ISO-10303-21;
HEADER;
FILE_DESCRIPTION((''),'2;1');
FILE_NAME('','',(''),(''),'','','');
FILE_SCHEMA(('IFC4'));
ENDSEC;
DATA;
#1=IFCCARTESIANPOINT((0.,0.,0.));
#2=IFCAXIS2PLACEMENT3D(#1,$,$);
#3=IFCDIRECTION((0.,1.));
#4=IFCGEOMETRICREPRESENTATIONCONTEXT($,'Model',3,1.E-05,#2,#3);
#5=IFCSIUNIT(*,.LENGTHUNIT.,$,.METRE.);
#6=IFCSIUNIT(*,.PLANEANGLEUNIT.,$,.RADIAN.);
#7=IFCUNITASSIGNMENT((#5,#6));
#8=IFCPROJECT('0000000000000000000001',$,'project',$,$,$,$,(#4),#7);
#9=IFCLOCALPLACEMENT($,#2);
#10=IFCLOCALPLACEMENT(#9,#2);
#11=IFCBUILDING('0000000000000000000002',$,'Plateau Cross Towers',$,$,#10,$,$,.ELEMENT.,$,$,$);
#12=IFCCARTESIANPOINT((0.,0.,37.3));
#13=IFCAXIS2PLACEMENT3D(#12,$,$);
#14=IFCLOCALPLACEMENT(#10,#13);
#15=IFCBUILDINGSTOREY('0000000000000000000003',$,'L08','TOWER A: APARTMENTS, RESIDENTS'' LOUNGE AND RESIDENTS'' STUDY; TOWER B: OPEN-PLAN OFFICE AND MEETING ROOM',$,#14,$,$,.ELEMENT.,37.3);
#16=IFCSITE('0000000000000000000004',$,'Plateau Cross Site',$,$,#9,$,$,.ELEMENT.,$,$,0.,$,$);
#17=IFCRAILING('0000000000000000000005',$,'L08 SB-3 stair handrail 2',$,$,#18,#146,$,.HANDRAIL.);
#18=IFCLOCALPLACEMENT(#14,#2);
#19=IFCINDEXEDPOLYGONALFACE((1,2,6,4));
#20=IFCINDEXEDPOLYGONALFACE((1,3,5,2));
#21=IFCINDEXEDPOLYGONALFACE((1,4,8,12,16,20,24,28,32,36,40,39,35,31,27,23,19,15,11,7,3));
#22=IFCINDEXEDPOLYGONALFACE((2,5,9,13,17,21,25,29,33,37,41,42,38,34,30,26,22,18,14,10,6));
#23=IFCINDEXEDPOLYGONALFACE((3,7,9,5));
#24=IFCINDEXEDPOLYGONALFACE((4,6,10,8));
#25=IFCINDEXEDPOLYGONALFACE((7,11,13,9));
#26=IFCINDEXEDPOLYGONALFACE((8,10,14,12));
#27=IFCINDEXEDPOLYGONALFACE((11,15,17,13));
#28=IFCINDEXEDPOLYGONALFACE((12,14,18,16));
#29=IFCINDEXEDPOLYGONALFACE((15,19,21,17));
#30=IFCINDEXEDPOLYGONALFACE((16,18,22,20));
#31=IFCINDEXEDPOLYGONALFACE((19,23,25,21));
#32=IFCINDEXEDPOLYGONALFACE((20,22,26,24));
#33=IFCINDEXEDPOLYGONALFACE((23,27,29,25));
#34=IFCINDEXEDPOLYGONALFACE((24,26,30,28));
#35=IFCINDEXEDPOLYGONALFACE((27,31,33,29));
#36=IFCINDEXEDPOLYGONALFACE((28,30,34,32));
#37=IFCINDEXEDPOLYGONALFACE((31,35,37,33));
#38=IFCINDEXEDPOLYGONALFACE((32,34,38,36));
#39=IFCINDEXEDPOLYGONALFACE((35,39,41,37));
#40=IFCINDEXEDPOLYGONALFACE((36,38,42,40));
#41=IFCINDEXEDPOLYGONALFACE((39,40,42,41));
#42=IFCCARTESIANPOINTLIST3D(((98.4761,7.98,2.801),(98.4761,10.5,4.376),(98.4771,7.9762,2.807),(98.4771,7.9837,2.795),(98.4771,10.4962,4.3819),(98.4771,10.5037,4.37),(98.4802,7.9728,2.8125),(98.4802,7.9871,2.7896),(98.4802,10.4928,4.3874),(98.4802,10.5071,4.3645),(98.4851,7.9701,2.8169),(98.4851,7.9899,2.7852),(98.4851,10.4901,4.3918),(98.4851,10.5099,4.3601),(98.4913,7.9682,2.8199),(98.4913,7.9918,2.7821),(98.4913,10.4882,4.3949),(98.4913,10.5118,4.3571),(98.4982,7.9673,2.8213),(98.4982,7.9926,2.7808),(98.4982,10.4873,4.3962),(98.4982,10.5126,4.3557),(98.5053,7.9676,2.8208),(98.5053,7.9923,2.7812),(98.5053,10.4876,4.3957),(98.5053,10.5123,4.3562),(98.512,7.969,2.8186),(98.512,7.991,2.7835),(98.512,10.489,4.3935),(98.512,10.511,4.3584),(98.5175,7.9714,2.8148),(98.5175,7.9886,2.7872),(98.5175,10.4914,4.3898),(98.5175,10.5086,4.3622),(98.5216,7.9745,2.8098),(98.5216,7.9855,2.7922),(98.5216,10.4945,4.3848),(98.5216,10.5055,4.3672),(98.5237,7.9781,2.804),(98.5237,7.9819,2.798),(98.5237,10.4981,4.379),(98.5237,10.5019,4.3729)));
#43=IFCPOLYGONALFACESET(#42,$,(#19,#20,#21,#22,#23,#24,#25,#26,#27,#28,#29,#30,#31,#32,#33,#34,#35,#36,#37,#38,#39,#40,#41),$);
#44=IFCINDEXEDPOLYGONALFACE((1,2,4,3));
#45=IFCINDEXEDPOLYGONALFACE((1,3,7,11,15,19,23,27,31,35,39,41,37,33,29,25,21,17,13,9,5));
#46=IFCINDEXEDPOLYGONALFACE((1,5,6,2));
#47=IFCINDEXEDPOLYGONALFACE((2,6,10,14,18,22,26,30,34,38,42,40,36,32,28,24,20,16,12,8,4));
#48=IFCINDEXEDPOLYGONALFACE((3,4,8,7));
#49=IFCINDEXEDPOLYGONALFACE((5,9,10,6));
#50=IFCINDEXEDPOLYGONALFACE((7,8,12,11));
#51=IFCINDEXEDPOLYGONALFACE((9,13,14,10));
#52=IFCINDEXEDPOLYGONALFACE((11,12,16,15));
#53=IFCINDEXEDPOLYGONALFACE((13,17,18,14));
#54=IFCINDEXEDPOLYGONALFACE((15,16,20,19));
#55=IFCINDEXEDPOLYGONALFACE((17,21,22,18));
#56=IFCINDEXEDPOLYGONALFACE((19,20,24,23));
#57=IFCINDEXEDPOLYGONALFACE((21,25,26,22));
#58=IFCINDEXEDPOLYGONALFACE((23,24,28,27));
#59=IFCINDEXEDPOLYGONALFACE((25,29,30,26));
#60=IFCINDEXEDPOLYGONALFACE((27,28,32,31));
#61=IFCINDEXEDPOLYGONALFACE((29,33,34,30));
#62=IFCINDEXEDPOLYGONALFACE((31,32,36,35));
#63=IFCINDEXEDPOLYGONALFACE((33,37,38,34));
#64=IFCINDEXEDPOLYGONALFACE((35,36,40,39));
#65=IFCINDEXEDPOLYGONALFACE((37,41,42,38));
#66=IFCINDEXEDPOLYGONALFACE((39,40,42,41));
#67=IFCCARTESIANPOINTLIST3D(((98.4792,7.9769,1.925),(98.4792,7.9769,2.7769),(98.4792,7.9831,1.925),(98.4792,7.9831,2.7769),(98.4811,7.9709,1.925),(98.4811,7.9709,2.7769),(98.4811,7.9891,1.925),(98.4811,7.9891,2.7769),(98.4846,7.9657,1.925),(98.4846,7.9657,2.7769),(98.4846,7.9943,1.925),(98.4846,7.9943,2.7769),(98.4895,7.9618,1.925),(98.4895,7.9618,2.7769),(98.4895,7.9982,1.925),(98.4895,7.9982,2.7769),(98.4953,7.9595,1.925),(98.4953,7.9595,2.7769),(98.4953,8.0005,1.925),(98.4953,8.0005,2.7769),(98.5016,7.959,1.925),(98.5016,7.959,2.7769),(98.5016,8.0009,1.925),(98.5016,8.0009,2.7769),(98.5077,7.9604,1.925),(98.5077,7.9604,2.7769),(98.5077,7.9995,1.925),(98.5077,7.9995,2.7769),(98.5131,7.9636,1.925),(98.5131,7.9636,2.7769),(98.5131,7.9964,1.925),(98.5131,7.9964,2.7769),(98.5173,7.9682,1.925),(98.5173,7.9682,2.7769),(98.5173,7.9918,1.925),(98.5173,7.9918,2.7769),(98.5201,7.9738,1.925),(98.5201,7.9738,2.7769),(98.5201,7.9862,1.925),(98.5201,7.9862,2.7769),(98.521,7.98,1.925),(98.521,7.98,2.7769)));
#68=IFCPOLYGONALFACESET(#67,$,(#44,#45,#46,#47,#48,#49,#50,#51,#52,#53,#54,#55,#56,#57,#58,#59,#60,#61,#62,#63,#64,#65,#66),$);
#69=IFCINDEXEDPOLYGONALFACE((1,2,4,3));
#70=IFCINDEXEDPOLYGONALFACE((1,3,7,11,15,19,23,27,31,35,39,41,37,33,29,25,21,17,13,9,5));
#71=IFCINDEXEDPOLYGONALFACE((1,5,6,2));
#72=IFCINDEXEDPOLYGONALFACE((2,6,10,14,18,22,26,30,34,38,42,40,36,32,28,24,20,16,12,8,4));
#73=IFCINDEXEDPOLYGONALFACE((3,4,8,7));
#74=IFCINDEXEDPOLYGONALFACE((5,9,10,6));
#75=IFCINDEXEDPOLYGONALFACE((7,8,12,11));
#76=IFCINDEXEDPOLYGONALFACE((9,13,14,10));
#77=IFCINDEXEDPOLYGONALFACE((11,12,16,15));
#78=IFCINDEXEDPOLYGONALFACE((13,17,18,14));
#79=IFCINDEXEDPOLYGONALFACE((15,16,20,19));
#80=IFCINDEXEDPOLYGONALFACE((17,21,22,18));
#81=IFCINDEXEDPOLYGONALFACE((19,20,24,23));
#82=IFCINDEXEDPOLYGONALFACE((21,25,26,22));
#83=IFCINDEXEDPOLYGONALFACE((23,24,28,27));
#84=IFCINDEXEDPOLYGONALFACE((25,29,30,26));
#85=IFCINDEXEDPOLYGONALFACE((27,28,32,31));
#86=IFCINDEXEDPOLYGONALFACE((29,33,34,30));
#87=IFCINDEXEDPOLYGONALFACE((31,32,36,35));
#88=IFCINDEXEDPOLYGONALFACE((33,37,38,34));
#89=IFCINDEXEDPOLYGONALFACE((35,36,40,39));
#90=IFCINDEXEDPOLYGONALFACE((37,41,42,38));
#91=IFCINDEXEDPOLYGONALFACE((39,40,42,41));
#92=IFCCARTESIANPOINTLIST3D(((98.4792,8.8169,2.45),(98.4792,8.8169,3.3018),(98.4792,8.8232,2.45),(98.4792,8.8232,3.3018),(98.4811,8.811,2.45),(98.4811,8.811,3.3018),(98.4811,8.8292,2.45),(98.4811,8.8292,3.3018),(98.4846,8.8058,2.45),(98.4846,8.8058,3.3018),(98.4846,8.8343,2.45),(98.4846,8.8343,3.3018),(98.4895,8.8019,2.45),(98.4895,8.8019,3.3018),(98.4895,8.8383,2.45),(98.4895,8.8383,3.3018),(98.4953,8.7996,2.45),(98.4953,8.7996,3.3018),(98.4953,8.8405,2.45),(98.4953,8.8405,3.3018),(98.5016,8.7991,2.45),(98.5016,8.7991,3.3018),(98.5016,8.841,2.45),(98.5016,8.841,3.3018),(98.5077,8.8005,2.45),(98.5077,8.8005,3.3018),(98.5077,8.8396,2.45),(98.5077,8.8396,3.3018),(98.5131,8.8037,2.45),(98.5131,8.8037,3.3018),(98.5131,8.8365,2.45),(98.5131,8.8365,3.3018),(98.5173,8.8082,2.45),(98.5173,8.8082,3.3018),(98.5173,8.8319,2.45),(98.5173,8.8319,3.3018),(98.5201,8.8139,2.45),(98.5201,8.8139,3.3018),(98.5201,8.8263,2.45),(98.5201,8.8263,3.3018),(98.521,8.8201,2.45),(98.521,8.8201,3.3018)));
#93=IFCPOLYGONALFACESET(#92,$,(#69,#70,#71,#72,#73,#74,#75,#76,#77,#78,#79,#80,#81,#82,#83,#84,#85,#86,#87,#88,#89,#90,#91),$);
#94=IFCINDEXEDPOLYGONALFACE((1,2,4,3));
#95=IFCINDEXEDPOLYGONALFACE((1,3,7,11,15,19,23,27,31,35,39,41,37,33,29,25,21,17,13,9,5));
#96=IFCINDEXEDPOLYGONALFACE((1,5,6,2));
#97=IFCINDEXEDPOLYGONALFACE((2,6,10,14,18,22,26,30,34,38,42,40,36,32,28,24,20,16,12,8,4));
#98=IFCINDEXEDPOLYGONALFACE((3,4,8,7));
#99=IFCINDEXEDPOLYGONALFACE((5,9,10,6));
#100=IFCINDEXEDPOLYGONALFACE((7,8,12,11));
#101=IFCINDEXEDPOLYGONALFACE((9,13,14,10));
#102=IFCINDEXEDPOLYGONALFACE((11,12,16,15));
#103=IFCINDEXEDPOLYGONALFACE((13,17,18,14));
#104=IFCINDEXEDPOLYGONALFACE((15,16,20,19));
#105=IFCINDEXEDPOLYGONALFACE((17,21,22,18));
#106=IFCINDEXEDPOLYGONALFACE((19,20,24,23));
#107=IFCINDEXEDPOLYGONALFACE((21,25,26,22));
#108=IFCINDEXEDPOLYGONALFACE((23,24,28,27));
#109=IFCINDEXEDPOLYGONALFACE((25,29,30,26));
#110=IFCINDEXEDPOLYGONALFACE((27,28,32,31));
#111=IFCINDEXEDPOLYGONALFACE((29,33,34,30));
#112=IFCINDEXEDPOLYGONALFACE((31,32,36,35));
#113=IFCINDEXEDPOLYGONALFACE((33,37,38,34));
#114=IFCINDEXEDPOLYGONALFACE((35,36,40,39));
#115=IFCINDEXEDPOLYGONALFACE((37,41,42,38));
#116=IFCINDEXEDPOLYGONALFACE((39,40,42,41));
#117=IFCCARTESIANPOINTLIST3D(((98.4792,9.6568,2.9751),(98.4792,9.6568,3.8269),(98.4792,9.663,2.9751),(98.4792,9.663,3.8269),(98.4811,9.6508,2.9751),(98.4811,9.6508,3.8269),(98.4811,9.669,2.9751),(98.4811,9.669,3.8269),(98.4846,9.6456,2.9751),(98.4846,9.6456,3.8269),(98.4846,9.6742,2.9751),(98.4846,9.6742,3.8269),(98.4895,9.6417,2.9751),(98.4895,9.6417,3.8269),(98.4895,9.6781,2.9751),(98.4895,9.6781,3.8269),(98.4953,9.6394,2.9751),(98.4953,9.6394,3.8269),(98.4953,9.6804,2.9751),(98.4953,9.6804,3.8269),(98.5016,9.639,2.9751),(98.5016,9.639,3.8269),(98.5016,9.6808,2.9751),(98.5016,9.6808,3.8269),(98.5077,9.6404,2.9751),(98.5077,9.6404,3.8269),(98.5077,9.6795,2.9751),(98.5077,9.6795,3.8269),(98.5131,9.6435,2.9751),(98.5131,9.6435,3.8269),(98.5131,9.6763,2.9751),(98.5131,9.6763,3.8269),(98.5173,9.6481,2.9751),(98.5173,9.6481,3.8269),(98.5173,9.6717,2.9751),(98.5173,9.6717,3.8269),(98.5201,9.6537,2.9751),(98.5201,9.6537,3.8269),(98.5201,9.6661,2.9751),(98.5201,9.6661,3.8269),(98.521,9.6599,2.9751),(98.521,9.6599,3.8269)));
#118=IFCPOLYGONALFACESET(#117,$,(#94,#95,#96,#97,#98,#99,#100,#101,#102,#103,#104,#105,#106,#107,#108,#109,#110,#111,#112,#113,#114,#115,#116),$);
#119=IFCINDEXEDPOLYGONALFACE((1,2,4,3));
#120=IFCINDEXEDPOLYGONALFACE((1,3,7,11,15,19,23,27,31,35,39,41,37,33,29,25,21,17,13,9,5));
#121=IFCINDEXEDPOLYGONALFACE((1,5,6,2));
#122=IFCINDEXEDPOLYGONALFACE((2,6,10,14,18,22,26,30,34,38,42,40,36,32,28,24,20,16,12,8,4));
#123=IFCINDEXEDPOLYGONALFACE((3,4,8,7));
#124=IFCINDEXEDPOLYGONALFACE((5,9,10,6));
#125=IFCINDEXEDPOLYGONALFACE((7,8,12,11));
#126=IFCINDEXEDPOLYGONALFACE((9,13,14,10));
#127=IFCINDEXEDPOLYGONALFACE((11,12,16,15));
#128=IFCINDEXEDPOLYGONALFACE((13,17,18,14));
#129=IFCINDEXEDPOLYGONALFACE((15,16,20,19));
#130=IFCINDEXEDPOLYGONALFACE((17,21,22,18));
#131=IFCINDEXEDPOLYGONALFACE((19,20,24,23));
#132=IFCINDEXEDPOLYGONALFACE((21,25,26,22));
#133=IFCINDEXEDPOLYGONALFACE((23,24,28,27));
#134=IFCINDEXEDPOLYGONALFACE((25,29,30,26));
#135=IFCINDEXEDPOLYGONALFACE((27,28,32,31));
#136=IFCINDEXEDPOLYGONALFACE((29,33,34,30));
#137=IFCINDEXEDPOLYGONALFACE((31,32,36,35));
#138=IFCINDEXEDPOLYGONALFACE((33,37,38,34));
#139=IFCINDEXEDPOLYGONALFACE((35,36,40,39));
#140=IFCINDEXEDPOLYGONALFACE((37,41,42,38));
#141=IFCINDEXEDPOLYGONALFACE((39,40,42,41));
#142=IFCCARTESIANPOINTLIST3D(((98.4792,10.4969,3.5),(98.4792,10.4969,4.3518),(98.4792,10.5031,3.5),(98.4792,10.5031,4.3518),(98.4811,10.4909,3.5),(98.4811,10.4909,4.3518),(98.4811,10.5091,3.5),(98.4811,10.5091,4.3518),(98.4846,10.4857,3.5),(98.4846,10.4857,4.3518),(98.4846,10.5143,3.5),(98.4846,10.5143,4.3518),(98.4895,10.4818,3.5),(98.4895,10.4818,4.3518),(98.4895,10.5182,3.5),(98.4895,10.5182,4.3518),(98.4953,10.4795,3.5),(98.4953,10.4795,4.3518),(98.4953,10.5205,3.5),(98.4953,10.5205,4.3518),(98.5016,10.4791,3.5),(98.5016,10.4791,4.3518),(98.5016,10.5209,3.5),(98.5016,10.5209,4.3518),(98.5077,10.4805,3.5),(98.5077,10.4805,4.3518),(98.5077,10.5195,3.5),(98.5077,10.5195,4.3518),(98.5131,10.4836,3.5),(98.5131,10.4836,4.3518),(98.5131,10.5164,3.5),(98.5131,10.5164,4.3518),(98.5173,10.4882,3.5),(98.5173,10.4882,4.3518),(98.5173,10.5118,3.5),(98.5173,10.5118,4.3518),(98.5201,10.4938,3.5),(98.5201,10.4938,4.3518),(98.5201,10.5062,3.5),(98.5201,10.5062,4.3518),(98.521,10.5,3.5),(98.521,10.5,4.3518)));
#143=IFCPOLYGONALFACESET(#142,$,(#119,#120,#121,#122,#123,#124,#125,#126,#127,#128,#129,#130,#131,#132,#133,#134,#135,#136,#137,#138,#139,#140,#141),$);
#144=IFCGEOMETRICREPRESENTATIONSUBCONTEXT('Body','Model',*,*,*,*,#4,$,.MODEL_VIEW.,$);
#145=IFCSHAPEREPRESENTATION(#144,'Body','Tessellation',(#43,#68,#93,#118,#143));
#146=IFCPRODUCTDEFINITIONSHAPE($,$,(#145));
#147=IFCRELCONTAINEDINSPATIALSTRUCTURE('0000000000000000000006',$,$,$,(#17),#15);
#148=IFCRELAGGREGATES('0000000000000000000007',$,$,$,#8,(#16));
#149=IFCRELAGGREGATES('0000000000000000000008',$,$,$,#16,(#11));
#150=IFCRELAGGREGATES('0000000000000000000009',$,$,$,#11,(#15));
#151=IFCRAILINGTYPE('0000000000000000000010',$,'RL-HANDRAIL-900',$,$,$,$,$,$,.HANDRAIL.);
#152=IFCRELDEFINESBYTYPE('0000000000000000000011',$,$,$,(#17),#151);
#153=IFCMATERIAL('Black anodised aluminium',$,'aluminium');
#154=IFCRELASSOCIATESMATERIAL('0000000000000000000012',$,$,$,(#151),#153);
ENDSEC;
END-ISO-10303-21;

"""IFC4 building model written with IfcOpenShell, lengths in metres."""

from ifc_helpers import new_model, si_unit, direction, frame, origin, origin_2d, place, context, subcontext, project, spatial, circle, extrude, material, type_object, element, save


model = new_model("IFC4")

# Units and contexts
model_context = context("Model", 3, precision=1e-05, world=origin(), true_north=direction((0.0, 1.0)))
body_context = subcontext(model_context, "Body", "Model", "MODEL_VIEW")
ifc_project = project(units=[si_unit("LENGTHUNIT", "METRE"), si_unit("PLANEANGLEUNIT", "RADIAN")], contexts=[model_context])

# Site, building, storey
site_placement = place(None, origin())
site = spatial("IfcSite", under=ifc_project, at=site_placement, Name="Plateau Cross Site", CompositionType="ELEMENT", RefElevation=0.0)
building_placement = place(site_placement, origin())
building = spatial("IfcBuilding", under=site, at=building_placement, Name="Plateau Cross Towers", CompositionType="ELEMENT")
storey_placement = place(building_placement, frame((0.0, 0.0, 37.3)))
storey = spatial("IfcBuildingStorey", under=building, at=storey_placement, Name="L08", Description="TOWER A: APARTMENTS, RESIDENTS' LOUNGE AND RESIDENTS' STUDY; TOWER B: OPEN-PLAN OFFICE AND MEETING ROOM", CompositionType="ELEMENT", Elevation=37.3)

# Shared definitions
ifc_material_1 = material(Name="Black anodised aluminium", Category="aluminium")

# Railing
railing_type_1 = type_object("IfcRailingType", Name="RL-HANDRAIL-900", PredefinedType="HANDRAIL", material=ifc_material_1)
railing_1_placement = place(storey_placement, frame((98.5, 7.98, 1.925)))
element("IfcRailing", 1, at=railing_1_placement, inside=storey, type_object=railing_type_1, Name="L08 SB-3 stair handrail 2", PredefinedType="HANDRAIL", context=body_context, shape_type="SweptSolid", body=[
    extrude(circle(Radius=0.0239, at=origin_2d()), frame((0.0, 0.0, 0.876), z_axis=(0.0, 0.848008, 0.529984), x_axis=(-1.0, 0.0, 0.0)), (0.0, 0.0, 1.0), 2.9717),
    extrude(circle(Radius=0.021, at=origin_2d()), origin(), (0.0, 0.0, 1.0), 0.8518),
    extrude(circle(Radius=0.021, at=origin_2d()), frame((0.0, 0.8401, 0.5249)), (0.0, 0.0, 1.0), 0.8518),
    extrude(circle(Radius=0.021, at=origin_2d()), frame((0.0, 1.6799, 1.05)), (0.0, 0.0, 1.0), 0.8518),
    extrude(circle(Radius=0.021, at=origin_2d()), frame((0.0, 2.52, 1.575)), (0.0, 0.0, 1.0), 0.8518),
])

save(model, "model.ifc")
